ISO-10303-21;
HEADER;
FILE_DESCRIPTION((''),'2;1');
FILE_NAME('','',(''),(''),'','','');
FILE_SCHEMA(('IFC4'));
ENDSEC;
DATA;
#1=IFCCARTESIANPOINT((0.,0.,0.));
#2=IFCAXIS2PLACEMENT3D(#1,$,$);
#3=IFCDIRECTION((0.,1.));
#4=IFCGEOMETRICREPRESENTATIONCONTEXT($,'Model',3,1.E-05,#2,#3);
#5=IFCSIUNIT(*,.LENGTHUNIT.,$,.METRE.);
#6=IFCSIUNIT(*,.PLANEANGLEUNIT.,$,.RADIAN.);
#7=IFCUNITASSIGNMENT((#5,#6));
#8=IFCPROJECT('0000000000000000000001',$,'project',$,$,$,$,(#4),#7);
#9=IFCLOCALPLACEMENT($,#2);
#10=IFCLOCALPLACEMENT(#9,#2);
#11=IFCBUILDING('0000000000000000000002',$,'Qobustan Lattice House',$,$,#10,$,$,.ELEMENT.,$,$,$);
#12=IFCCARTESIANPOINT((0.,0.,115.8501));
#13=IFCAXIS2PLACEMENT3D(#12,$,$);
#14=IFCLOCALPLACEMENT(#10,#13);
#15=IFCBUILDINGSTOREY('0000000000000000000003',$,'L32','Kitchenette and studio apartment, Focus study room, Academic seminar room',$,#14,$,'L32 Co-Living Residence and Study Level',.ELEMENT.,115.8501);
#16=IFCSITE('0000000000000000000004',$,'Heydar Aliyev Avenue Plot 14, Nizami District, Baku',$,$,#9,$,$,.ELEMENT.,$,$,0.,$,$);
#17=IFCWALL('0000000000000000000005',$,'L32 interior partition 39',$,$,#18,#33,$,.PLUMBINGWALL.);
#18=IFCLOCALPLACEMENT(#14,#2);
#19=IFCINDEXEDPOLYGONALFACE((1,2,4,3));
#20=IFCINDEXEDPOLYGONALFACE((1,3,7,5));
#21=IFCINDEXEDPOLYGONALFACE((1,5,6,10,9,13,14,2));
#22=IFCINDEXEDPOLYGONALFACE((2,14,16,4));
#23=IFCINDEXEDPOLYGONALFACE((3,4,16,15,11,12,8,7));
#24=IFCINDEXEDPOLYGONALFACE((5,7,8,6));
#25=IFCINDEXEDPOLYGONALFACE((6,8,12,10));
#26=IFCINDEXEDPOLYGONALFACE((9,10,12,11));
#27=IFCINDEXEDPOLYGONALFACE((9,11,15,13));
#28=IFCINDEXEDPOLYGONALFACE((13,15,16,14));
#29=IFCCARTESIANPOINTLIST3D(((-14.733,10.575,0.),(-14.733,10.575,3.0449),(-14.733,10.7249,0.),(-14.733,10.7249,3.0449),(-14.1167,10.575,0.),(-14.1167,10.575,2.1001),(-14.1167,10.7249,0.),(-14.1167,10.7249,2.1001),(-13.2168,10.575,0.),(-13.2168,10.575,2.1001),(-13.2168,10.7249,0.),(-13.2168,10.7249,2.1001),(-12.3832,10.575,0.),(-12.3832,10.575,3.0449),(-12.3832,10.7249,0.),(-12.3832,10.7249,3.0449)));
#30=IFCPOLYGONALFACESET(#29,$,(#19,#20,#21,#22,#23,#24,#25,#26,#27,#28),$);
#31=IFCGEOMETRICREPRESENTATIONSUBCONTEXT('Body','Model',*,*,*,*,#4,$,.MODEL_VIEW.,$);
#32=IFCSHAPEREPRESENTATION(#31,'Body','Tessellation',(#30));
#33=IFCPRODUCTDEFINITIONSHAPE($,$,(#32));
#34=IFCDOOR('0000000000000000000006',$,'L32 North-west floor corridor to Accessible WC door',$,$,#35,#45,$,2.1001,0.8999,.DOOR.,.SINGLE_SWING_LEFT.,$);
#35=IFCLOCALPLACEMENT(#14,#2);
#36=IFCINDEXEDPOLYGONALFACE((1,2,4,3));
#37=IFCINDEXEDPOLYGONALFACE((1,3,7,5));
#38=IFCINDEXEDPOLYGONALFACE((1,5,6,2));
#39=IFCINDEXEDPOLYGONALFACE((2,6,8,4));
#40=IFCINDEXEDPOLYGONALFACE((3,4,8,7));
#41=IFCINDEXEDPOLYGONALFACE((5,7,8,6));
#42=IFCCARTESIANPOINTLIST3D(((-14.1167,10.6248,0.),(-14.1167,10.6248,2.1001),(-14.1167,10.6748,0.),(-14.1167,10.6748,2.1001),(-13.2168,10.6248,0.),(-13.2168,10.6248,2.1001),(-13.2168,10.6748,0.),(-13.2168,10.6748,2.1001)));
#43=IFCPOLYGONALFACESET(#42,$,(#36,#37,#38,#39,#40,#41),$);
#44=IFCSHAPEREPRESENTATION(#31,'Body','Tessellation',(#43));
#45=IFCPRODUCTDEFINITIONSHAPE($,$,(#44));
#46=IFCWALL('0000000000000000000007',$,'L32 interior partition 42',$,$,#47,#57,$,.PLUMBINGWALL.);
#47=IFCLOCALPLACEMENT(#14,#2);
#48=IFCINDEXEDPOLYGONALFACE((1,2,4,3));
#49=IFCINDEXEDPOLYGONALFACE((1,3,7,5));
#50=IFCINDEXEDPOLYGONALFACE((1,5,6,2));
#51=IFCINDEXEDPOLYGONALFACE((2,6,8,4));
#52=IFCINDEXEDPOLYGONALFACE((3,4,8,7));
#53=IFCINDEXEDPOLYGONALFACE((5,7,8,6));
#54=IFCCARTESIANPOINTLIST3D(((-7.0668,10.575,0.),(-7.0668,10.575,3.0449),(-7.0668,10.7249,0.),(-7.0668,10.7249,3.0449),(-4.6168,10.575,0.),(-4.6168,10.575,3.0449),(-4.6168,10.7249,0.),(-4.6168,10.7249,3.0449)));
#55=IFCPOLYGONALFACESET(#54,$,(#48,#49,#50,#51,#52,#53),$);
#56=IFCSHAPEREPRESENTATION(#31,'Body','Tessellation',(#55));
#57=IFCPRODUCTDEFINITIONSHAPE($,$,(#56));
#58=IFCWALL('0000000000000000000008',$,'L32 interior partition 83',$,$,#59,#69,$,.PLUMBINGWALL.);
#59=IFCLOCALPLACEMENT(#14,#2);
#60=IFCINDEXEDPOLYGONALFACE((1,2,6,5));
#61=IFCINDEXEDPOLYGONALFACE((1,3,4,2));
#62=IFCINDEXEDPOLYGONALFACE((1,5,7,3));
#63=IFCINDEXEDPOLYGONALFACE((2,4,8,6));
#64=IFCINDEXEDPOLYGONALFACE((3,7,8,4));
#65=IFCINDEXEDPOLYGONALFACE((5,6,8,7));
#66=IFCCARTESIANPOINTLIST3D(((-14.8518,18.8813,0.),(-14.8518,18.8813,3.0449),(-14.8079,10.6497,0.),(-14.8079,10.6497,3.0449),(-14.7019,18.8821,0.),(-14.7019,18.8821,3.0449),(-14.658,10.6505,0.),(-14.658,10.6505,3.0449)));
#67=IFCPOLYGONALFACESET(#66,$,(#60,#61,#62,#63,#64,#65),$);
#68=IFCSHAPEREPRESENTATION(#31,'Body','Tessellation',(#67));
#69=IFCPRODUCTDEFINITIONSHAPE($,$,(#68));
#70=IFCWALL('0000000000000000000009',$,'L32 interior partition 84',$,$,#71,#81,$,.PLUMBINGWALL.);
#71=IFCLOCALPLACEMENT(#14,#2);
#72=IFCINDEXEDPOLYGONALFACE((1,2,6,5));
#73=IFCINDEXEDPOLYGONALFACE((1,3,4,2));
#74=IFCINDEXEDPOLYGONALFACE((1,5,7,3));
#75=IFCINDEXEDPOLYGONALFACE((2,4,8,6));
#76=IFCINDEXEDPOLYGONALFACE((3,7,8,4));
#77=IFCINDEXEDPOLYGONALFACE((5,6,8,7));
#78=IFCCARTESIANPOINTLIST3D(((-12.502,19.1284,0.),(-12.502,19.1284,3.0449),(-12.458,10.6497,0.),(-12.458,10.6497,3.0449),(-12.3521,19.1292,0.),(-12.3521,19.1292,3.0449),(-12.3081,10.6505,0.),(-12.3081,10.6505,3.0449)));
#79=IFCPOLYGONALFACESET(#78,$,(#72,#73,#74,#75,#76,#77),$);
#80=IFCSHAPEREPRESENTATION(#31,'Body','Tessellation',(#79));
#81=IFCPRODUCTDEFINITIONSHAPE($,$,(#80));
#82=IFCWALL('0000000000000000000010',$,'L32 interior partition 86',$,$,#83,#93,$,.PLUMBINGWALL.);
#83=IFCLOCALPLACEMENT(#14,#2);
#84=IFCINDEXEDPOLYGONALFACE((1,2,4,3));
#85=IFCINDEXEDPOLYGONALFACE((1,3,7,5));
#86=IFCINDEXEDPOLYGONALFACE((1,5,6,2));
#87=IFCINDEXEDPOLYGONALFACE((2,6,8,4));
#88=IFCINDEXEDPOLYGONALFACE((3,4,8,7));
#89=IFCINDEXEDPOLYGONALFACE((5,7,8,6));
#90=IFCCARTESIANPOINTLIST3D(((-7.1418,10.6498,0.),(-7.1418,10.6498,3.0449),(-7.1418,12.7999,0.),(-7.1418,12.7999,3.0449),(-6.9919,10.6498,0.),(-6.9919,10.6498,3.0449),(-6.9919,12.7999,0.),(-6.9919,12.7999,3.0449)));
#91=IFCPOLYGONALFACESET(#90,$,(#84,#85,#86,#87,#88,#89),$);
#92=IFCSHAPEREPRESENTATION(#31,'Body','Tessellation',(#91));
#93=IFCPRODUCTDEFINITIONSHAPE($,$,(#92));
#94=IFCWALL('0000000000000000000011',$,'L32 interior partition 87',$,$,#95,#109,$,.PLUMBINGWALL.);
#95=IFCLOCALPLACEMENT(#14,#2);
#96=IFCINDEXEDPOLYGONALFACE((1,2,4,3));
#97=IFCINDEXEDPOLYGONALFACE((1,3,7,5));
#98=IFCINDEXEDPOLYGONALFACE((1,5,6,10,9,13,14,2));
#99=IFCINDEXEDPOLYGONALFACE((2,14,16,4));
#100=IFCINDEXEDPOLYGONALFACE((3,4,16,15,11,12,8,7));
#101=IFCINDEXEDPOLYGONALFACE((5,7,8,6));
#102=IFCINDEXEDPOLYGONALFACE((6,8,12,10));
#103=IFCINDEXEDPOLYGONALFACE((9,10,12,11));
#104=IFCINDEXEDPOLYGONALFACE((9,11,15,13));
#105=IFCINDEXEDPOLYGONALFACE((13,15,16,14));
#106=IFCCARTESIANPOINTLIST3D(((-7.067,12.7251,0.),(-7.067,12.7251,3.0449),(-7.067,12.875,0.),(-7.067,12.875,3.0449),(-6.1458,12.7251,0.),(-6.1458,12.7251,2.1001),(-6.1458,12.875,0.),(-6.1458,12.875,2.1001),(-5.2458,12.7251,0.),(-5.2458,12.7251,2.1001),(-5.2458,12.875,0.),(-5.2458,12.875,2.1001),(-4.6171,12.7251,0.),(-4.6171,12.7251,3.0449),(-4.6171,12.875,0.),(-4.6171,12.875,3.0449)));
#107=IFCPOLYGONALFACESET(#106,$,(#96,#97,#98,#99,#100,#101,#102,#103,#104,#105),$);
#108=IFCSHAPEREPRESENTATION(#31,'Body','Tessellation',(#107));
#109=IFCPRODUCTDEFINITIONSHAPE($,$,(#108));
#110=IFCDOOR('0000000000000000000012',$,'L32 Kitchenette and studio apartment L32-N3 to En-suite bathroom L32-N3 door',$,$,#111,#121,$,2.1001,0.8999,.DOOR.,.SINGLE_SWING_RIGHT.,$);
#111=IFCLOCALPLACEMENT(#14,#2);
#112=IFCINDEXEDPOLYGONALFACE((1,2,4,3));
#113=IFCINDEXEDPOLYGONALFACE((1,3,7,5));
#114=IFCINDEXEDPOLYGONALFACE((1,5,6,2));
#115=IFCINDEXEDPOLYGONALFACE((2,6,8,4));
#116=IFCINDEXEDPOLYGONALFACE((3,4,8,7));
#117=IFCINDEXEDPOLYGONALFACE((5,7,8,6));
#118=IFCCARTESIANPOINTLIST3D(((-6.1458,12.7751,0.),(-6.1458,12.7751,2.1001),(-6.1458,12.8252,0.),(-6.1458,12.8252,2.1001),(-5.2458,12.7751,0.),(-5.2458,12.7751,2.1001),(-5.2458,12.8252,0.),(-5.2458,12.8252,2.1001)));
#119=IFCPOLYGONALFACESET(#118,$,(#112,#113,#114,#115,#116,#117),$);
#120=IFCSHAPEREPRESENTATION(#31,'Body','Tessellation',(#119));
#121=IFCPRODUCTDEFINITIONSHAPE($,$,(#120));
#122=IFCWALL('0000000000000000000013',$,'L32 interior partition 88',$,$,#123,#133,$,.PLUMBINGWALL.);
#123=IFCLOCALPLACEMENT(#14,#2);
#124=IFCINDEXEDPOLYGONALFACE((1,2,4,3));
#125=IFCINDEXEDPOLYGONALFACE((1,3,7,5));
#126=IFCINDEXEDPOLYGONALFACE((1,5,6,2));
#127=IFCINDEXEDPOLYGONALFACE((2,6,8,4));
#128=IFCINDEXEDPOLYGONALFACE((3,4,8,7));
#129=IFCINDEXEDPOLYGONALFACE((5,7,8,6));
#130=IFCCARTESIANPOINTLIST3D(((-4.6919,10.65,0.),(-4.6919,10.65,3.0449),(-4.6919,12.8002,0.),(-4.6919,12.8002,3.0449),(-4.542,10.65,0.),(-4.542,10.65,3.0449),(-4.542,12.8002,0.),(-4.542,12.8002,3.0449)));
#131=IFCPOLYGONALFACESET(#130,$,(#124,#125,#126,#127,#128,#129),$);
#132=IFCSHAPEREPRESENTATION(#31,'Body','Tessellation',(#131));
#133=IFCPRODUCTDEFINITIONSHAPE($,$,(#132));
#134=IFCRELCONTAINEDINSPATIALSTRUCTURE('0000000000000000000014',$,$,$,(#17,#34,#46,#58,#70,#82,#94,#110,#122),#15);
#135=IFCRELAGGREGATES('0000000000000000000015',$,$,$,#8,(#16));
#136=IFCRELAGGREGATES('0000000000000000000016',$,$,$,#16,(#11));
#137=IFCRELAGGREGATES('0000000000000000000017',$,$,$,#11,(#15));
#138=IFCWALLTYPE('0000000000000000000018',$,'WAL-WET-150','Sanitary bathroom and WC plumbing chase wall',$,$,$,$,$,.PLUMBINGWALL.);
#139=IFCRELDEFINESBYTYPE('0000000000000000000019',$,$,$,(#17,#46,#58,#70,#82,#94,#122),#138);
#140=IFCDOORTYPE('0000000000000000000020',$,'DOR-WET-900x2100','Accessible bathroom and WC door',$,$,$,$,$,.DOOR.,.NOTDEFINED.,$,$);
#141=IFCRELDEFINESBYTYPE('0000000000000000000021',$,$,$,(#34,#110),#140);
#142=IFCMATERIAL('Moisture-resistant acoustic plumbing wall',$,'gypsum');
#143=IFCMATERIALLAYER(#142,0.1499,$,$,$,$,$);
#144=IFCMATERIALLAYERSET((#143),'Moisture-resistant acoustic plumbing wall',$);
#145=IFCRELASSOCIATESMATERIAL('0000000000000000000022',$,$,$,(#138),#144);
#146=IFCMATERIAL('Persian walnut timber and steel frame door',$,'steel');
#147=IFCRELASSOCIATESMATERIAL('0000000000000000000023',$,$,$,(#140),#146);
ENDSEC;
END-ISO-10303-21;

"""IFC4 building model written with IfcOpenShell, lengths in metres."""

from ifc_helpers import new_model, si_unit, direction, frame, frame_2d, origin, place, context, subcontext, project, spatial, rectangle, extrude, material, layer, layer_set, type_object, element, fill, save


model = new_model("IFC4")

# Units and contexts
model_context = context("Model", 3, precision=1e-05, world=origin(), true_north=direction((0.0, 1.0)))
body_context = subcontext(model_context, "Body", "Model", "MODEL_VIEW")
ifc_project = project(units=[si_unit("LENGTHUNIT", "METRE"), si_unit("PLANEANGLEUNIT", "RADIAN")], contexts=[model_context])

# Site, building, storey
site_placement = place(None, origin())
site = spatial("IfcSite", under=ifc_project, at=site_placement, Name="Heydar Aliyev Avenue Plot 14, Nizami District, Baku", CompositionType="ELEMENT", RefElevation=0.0)
building_placement = place(site_placement, origin())
building = spatial("IfcBuilding", under=site, at=building_placement, Name="Qobustan Lattice House", CompositionType="ELEMENT")
storey_placement = place(building_placement, frame((0.0, 0.0, 115.8501)))
storey = spatial("IfcBuildingStorey", under=building, at=storey_placement, Name="L32", Description="Kitchenette and studio apartment, Focus study room, Academic seminar room", LongName="L32 Co-Living Residence and Study Level", CompositionType="ELEMENT", Elevation=115.8501)

# Wall, opening, door
ifc_material_1 = material(Name="Moisture-resistant acoustic plumbing wall", Category="gypsum")
ifc_layer_1 = layer(ifc_material_1, 0.1499)
ifc_layer_set_1 = layer_set([ifc_layer_1], Name="Moisture-resistant acoustic plumbing wall")
wall_type_1 = type_object("IfcWallType", Name="WAL-WET-150", Description="Sanitary bathroom and WC plumbing chase wall", PredefinedType="PLUMBINGWALL", material=ifc_layer_set_1)
wall_1_placement = place(storey_placement, frame((-14.7329, 10.6499, 0.0), z_axis=(0.0, 0.0, 1.0), x_axis=(1.0, 0.0, 0.0)))
wall_1 = element("IfcWall", 1, at=wall_1_placement, inside=storey, type_object=wall_type_1, Name="L32 interior partition 39", PredefinedType="PLUMBINGWALL", context=body_context, shape_type="SweptSolid", body=[
    extrude(rectangle(XDim=2.3499, YDim=0.1499, at=frame_2d((1.1748, 0.0))), origin(), (0.0, 0.0, 1.0), 3.0449),
])
opening_1_placement = place(wall_1_placement, frame((0.6162, 0.0, 0.0)))
opening_1 = element("IfcOpeningElement", 2, at=opening_1_placement, cuts=wall_1, PredefinedType="OPENING", context=body_context, shape_type="SweptSolid", body=[
    extrude(rectangle(XDim=0.8999, YDim=2.1001, at=frame_2d((0.45, 1.05))), frame((0.0, 0.085, 0.0), z_axis=(0.0, -1.0, 0.0), x_axis=(1.0, 0.0, 0.0)), (0.0, 0.0, 1.0), 0.1699),
])
ifc_material_2 = material(Name="Persian walnut timber and steel frame door", Category="steel")
door_type_1 = type_object("IfcDoorType", Name="DOR-WET-900x2100", Description="Accessible bathroom and WC door", OperationType="NOTDEFINED", PredefinedType="DOOR", material=ifc_material_2)
door_1_placement = place(opening_1_placement, origin())
door_1 = element("IfcDoor", 3, at=door_1_placement, inside=storey, type_object=door_type_1, Name="L32 North-west floor corridor to Accessible WC door", OperationType="SINGLE_SWING_LEFT", OverallHeight=2.1001, OverallWidth=0.8999, PredefinedType="DOOR", context=body_context, shape_type="SweptSolid", body=[
    extrude(rectangle(XDim=0.8999, YDim=2.1001, at=frame_2d((0.45, 1.05))), frame((0.0, 0.0249, 0.0), z_axis=(0.0, -1.0, 0.0), x_axis=(1.0, 0.0, 0.0)), (0.0, 0.0, 1.0), 0.05),
])
fill(opening_1, door_1)

# Walls
wall_2_placement = place(storey_placement, frame((-7.0669, 10.6499, 0.0), z_axis=(0.0, 0.0, 1.0), x_axis=(1.0, 0.0, 0.0)))
element("IfcWall", 4, at=wall_2_placement, inside=storey, type_object=wall_type_1, Name="L32 interior partition 42", PredefinedType="PLUMBINGWALL", context=body_context, shape_type="SweptSolid", body=[
    extrude(rectangle(XDim=2.45, YDim=0.1499, at=frame_2d((1.2251, 0.0))), origin(), (0.0, 0.0, 1.0), 3.0449),
])
wall_3_placement = place(storey_placement, frame((-14.7769, 18.8816, 0.0), z_axis=(0.0, 0.0, 1.0), x_axis=(0.005338, -0.999986, 0.0)))
element("IfcWall", 5, at=wall_3_placement, inside=storey, type_object=wall_type_1, Name="L32 interior partition 83", PredefinedType="PLUMBINGWALL", context=body_context, shape_type="SweptSolid", body=[
    extrude(rectangle(XDim=8.2317, YDim=0.1499, at=frame_2d((4.1157, 0.0))), origin(), (0.0, 0.0, 1.0), 3.0449),
])
wall_4_placement = place(storey_placement, frame((-12.427, 19.1287, 0.0), z_axis=(0.0, 0.0, 1.0), x_axis=(0.005183, -0.999987, 0.0)))
element("IfcWall", 6, at=wall_4_placement, inside=storey, type_object=wall_type_1, Name="L32 interior partition 84", PredefinedType="PLUMBINGWALL", context=body_context, shape_type="SweptSolid", body=[
    extrude(rectangle(XDim=8.4788, YDim=0.1499, at=frame_2d((4.2393, 0.0))), origin(), (0.0, 0.0, 1.0), 3.0449),
])
wall_5_placement = place(storey_placement, frame((-7.0669, 12.8, 0.0), z_axis=(0.0, 0.0, 1.0), x_axis=(0.0, -1.0, 0.0)))
element("IfcWall", 7, at=wall_5_placement, inside=storey, type_object=wall_type_1, Name="L32 interior partition 86", PredefinedType="PLUMBINGWALL", context=body_context, shape_type="SweptSolid", body=[
    extrude(rectangle(XDim=2.1501, YDim=0.1499, at=frame_2d((1.0752, 0.0))), origin(), (0.0, 0.0, 1.0), 3.0449),
])

# Wall, opening, door
wall_6_placement = place(storey_placement, frame((-4.6169, 12.8, 0.0), z_axis=(0.0, 0.0, 1.0), x_axis=(-1.0, 0.0, 0.0)))
wall_6 = element("IfcWall", 8, at=wall_6_placement, inside=storey, type_object=wall_type_1, Name="L32 interior partition 87", PredefinedType="PLUMBINGWALL", context=body_context, shape_type="SweptSolid", body=[
    extrude(rectangle(XDim=2.45, YDim=0.1499, at=frame_2d((1.2251, 0.0))), origin(), (0.0, 0.0, 1.0), 3.0449),
])
opening_2_placement = place(wall_6_placement, frame((0.6289, 0.0, 0.0)))
opening_2 = element("IfcOpeningElement", 9, at=opening_2_placement, cuts=wall_6, PredefinedType="OPENING", context=body_context, shape_type="SweptSolid", body=[
    extrude(rectangle(XDim=0.8999, YDim=2.1001, at=frame_2d((0.45, 1.05))), frame((0.0, 0.085, 0.0), z_axis=(0.0, -1.0, 0.0), x_axis=(1.0, 0.0, 0.0)), (0.0, 0.0, 1.0), 0.1699),
])
door_2_placement = place(opening_2_placement, origin())
door_2 = element("IfcDoor", 10, at=door_2_placement, inside=storey, type_object=door_type_1, Name="L32 Kitchenette and studio apartment L32-N3 to En-suite bathroom L32-N3 door", OperationType="SINGLE_SWING_RIGHT", OverallHeight=2.1001, OverallWidth=0.8999, PredefinedType="DOOR", context=body_context, shape_type="SweptSolid", body=[
    extrude(rectangle(XDim=0.8999, YDim=2.1001, at=frame_2d((0.45, 1.05))), frame((0.0, 0.0249, 0.0), z_axis=(0.0, -1.0, 0.0), x_axis=(1.0, 0.0, 0.0)), (0.0, 0.0, 1.0), 0.05),
])
fill(opening_2, door_2)

# Wall
wall_7_placement = place(storey_placement, frame((-4.6169, 10.6499, 0.0), z_axis=(0.0, 0.0, 1.0), x_axis=(0.0, 1.0, 0.0)))
element("IfcWall", 11, at=wall_7_placement, inside=storey, type_object=wall_type_1, Name="L32 interior partition 88", PredefinedType="PLUMBINGWALL", context=body_context, shape_type="SweptSolid", body=[
    extrude(rectangle(XDim=2.1501, YDim=0.1499, at=frame_2d((1.0752, 0.0))), origin(), (0.0, 0.0, 1.0), 3.0449),
])

save(model, "model.ifc")
